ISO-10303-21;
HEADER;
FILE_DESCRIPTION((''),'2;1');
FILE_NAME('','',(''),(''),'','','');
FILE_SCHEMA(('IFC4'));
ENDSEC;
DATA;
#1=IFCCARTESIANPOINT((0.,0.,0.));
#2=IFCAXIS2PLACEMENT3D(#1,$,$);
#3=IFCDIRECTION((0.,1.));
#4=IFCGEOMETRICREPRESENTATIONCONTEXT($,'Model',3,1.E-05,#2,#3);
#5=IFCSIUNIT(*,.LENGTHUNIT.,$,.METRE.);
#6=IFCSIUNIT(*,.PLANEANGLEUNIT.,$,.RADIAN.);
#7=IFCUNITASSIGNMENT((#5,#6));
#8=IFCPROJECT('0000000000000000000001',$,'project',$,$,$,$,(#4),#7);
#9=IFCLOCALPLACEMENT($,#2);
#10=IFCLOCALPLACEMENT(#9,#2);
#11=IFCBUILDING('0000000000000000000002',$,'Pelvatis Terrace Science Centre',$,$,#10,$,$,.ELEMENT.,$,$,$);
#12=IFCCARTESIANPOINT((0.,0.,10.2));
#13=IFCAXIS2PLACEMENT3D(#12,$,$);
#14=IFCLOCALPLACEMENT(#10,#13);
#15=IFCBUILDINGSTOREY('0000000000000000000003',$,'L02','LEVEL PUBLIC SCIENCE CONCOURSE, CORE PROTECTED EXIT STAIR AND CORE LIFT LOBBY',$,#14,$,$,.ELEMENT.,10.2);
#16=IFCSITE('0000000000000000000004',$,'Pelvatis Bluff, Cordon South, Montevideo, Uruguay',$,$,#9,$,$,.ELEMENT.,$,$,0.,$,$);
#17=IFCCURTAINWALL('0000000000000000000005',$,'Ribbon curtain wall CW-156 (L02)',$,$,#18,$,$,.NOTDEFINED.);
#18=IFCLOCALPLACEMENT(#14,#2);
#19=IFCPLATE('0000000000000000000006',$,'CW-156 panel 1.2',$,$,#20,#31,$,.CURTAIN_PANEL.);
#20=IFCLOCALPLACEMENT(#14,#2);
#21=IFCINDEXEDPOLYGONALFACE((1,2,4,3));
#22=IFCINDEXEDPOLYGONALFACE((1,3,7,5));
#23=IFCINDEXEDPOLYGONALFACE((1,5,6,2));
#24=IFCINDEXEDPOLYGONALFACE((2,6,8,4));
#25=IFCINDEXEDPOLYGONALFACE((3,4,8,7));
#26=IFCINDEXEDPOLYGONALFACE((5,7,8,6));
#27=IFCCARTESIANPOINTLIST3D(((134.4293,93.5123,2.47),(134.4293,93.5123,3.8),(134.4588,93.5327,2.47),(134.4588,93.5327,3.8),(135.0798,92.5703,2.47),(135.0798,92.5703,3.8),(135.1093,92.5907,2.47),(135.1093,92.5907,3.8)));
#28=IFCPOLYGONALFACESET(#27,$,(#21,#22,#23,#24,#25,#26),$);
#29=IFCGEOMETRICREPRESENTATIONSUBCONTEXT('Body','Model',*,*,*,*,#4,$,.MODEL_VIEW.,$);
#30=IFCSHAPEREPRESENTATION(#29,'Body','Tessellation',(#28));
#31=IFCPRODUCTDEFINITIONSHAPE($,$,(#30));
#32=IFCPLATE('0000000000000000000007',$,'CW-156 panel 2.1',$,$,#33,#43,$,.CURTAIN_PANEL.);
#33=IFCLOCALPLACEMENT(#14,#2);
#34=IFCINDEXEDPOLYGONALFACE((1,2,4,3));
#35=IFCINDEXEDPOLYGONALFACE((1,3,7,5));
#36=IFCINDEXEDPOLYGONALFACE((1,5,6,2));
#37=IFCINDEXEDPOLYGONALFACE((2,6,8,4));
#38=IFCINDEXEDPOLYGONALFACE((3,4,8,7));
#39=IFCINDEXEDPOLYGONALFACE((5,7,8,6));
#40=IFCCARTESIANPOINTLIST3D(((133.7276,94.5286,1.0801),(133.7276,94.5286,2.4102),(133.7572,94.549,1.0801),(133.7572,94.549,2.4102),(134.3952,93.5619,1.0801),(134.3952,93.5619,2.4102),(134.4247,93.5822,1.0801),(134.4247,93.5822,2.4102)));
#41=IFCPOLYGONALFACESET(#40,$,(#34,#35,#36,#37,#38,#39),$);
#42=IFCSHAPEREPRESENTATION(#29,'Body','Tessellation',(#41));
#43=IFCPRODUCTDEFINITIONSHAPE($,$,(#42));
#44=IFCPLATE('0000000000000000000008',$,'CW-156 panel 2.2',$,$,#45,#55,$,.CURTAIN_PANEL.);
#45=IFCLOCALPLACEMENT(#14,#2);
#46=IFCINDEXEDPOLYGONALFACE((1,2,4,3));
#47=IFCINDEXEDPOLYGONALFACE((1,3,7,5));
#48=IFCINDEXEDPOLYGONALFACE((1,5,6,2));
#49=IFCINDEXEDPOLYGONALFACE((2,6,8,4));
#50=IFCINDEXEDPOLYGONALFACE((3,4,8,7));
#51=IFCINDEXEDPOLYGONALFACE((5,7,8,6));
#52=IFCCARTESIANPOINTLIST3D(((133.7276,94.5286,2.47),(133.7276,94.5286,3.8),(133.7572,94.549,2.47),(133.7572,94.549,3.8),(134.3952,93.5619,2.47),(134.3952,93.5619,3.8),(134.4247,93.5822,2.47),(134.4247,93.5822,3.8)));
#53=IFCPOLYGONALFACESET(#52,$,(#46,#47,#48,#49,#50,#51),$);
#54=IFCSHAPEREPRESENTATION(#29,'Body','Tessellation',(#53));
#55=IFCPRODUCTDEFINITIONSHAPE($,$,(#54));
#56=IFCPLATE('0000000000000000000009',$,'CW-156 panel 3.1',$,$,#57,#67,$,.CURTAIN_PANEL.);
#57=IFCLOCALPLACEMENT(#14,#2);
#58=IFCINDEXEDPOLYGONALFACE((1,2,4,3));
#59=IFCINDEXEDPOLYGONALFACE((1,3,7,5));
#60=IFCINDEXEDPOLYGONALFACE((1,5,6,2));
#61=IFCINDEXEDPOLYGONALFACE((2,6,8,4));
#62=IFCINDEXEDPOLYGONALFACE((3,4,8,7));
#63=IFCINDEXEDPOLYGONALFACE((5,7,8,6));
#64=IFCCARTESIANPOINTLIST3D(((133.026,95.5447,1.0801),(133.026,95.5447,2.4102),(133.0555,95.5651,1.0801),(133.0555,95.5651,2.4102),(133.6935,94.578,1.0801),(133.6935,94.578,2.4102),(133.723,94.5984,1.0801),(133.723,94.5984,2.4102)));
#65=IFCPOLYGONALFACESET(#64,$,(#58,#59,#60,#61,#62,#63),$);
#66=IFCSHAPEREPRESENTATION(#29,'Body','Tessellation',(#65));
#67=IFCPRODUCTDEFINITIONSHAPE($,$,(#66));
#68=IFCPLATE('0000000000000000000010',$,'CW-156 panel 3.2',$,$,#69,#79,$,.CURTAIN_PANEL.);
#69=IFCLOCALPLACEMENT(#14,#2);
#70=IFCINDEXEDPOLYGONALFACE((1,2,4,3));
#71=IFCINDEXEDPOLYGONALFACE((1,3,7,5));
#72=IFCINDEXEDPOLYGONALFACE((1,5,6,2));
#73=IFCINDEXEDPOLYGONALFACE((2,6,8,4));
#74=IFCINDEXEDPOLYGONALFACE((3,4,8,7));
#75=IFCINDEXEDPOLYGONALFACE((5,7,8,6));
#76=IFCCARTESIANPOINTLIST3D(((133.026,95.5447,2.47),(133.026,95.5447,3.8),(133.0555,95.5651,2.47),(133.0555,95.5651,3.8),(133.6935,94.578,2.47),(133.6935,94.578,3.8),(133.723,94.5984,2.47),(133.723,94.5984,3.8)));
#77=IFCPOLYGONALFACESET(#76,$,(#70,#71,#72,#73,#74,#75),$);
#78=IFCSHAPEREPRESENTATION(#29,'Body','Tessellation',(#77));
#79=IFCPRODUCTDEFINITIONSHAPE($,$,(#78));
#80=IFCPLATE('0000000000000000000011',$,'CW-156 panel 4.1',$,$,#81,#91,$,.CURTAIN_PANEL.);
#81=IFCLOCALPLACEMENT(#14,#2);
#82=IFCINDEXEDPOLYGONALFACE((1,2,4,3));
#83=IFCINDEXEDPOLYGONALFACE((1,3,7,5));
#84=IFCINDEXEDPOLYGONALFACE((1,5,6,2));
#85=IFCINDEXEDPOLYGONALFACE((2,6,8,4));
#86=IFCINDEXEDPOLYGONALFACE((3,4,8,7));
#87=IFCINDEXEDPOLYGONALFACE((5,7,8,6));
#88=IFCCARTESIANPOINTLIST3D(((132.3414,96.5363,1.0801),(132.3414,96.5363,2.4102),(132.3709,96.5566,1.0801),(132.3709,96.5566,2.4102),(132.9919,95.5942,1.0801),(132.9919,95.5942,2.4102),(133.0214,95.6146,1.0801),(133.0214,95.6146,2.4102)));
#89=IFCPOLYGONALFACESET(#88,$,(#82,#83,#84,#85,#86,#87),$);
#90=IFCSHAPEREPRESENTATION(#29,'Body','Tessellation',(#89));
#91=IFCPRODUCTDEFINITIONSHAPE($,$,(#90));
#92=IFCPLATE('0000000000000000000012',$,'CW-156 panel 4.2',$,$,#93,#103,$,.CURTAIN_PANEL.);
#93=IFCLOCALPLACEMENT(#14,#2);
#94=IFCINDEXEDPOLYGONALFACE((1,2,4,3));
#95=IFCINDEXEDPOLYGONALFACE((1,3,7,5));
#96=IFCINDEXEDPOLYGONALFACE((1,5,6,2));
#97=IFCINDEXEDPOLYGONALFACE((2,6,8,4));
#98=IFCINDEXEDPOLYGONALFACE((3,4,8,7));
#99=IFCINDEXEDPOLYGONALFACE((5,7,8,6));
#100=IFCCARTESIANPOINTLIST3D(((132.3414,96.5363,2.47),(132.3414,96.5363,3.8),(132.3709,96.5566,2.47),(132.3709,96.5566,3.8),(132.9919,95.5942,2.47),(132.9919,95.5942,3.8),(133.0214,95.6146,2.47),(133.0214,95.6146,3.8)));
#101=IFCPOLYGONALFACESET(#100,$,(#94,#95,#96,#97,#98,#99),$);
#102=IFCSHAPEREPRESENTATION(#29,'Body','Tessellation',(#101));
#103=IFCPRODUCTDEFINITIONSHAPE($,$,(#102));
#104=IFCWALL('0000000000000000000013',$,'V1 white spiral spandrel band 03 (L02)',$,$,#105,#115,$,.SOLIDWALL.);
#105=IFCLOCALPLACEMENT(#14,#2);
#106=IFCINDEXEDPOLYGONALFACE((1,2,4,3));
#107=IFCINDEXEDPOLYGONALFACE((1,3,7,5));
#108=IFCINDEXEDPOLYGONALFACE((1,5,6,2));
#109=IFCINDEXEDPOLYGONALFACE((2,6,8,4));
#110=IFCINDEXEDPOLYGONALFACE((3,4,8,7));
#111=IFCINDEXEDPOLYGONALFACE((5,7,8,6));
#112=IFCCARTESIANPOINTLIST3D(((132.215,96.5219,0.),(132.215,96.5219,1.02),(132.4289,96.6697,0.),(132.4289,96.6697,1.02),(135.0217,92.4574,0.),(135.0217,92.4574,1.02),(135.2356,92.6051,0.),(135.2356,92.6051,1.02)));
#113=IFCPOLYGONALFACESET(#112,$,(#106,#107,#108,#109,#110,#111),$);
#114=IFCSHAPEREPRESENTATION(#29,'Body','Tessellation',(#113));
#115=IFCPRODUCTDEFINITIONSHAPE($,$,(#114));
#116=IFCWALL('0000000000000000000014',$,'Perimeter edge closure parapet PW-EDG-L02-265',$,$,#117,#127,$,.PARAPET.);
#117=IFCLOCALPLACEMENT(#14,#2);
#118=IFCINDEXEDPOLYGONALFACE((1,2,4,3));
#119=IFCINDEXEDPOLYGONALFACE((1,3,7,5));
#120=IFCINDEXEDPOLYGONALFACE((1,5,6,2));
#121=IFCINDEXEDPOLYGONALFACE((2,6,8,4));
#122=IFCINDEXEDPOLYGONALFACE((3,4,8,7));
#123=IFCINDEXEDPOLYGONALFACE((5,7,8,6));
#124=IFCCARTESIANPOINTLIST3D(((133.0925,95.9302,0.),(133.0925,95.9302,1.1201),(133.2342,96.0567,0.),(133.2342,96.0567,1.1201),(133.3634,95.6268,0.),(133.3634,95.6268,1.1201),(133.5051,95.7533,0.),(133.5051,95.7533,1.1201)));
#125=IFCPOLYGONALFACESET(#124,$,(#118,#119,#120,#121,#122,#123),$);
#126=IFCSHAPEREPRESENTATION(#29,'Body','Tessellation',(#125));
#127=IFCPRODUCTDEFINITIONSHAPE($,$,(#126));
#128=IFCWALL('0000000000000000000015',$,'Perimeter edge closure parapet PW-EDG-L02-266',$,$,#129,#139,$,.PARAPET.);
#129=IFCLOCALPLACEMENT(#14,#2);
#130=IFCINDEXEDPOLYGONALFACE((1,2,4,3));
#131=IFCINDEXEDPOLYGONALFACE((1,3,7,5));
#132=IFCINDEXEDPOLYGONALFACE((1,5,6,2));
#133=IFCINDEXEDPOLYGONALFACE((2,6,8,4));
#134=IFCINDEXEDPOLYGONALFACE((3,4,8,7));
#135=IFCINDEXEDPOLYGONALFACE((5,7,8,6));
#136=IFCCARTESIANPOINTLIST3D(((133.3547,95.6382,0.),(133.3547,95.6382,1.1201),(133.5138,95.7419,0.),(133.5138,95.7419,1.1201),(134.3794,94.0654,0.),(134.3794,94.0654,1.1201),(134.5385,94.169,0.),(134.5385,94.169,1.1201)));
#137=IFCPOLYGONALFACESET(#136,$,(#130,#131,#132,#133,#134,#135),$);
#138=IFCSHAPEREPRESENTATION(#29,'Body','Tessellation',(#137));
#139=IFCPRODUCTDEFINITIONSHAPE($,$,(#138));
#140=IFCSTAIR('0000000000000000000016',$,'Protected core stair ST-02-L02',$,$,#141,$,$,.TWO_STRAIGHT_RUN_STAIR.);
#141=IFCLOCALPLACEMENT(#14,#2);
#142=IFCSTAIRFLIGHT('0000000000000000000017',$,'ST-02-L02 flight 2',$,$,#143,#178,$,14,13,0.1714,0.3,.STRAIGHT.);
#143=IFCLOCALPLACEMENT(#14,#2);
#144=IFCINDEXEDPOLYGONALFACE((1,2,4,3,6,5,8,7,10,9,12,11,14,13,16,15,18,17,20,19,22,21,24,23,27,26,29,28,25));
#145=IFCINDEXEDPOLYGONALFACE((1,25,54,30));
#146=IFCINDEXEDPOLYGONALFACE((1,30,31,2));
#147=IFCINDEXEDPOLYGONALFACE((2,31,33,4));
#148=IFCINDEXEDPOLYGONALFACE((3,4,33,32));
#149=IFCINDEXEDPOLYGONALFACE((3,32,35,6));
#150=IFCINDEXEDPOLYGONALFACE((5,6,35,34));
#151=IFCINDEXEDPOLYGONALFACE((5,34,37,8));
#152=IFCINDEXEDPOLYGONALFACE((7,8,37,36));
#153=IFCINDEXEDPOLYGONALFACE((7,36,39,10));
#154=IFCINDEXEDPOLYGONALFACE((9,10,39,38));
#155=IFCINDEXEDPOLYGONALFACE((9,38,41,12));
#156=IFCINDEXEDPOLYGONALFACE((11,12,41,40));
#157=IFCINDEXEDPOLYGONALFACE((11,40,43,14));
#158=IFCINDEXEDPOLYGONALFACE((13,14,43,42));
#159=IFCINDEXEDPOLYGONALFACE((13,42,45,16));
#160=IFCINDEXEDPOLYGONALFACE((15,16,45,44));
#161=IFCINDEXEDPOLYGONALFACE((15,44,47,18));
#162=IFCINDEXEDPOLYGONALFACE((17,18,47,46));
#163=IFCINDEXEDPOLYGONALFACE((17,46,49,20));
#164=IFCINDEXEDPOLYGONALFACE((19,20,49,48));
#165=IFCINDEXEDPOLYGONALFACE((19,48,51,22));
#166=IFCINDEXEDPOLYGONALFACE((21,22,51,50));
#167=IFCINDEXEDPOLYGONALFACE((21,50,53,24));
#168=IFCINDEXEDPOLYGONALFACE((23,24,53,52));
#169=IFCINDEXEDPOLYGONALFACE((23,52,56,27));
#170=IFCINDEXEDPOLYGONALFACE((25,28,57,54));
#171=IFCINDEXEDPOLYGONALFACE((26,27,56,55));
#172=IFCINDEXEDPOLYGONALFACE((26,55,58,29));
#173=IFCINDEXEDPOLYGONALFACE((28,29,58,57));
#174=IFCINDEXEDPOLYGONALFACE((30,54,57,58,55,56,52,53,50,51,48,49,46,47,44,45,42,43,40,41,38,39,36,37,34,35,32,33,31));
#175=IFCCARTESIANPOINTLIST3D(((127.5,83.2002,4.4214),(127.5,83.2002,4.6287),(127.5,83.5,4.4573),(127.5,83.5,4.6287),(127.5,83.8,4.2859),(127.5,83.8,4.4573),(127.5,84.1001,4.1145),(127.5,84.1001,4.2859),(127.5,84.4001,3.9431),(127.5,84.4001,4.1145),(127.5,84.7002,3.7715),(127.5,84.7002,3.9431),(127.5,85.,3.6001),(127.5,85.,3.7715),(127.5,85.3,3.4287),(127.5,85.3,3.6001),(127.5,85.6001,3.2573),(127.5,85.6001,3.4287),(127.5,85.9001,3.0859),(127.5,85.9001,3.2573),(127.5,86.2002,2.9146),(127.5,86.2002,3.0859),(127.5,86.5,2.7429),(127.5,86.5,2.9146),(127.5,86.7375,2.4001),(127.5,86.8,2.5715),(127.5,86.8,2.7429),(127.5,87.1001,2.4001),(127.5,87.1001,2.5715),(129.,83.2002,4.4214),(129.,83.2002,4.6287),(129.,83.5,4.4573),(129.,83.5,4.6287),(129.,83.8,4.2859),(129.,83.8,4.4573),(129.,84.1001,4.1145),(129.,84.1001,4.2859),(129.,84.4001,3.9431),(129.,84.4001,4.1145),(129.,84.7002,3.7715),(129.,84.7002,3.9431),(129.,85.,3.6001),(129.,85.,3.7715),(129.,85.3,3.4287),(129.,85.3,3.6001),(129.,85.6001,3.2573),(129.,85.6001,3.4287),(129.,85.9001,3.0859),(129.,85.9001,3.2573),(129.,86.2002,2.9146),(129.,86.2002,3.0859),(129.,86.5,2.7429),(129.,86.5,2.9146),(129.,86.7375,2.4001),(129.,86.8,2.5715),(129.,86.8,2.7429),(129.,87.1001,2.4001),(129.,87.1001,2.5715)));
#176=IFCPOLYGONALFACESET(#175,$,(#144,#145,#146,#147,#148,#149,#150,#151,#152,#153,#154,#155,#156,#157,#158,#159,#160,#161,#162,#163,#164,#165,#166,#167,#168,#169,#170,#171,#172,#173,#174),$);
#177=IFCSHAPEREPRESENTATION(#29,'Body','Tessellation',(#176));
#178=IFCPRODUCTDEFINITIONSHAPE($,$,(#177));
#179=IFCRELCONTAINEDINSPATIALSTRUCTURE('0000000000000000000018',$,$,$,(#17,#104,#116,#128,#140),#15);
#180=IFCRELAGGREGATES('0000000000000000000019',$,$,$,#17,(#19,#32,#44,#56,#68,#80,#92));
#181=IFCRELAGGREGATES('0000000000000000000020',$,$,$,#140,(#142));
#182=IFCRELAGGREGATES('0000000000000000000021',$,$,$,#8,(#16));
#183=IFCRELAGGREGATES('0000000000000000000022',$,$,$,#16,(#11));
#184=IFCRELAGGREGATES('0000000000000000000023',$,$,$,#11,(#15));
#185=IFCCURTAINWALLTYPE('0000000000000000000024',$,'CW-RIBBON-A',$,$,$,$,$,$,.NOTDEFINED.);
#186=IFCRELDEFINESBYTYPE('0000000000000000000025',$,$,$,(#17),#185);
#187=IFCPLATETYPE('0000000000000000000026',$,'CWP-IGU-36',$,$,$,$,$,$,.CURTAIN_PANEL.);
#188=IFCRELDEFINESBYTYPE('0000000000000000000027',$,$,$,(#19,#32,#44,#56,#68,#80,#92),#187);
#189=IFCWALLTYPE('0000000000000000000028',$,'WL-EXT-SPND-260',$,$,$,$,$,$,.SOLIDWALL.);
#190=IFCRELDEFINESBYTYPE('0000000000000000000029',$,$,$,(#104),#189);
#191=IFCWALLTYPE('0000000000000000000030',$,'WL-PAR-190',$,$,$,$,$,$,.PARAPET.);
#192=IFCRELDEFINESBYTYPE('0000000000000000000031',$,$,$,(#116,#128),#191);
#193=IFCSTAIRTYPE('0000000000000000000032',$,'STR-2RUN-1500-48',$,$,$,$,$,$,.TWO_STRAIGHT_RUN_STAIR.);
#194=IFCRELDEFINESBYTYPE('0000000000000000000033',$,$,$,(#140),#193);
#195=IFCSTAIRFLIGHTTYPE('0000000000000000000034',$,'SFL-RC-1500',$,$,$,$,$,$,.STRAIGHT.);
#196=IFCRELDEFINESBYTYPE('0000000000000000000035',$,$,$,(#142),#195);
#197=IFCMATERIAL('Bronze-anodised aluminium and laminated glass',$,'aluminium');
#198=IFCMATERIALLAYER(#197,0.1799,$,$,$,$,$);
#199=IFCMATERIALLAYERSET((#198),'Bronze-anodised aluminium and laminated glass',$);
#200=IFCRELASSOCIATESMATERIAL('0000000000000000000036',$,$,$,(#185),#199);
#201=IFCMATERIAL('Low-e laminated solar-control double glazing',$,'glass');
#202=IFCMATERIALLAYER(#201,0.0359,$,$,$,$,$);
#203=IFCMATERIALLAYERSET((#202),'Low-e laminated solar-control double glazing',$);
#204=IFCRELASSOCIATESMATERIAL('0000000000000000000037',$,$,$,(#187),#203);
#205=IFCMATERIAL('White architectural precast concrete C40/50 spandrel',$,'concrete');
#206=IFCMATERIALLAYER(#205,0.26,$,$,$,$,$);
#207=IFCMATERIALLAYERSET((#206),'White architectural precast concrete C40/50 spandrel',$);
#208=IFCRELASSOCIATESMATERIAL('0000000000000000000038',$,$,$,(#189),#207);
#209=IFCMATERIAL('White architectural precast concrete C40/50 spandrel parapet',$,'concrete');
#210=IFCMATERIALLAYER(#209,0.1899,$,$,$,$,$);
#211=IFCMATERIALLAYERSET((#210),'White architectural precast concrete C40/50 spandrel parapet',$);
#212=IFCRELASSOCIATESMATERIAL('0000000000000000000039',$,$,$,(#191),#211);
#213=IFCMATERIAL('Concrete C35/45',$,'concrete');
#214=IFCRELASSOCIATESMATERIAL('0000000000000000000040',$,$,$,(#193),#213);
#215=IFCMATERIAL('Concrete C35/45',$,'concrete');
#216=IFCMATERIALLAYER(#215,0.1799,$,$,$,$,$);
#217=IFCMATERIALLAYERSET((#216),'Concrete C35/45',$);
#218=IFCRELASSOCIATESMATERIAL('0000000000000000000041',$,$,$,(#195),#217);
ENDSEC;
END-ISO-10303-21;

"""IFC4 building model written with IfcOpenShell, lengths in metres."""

from ifc_helpers import new_model, si_unit, direction, frame, frame_2d, origin, origin_2d, place, context, subcontext, project, spatial, polyline, rectangle, outline, extrude, material, layer, layer_set, type_object, element, aggregate, save


model = new_model("IFC4")

# Units and contexts
model_context = context("Model", 3, precision=1e-05, world=origin(), true_north=direction((0.0, 1.0)))
body_context = subcontext(model_context, "Body", "Model", "MODEL_VIEW")
ifc_project = project(units=[si_unit("LENGTHUNIT", "METRE"), si_unit("PLANEANGLEUNIT", "RADIAN")], contexts=[model_context])

# Site, building, storey
site_placement = place(None, origin())
site = spatial("IfcSite", under=ifc_project, at=site_placement, Name="Pelvatis Bluff, Cordon South, Montevideo, Uruguay", CompositionType="ELEMENT", RefElevation=0.0)
building_placement = place(site_placement, origin())
building = spatial("IfcBuilding", under=site, at=building_placement, Name="Pelvatis Terrace Science Centre", CompositionType="ELEMENT")
storey_placement = place(building_placement, frame((0.0, 0.0, 10.2)))
storey = spatial("IfcBuildingStorey", under=building, at=storey_placement, Name="L02", Description="LEVEL PUBLIC SCIENCE CONCOURSE, CORE PROTECTED EXIT STAIR AND CORE LIFT LOBBY", CompositionType="ELEMENT", Elevation=10.2)

# Curtain wall, plates
ifc_material_1 = material(Name="Bronze-anodised aluminium and laminated glass", Category="aluminium")
ifc_layer_1 = layer(ifc_material_1, 0.1799)
ifc_layer_set_1 = layer_set([ifc_layer_1], Name="Bronze-anodised aluminium and laminated glass")
curtain_wall_type = type_object("IfcCurtainWallType", Name="CW-RIBBON-A", PredefinedType="NOTDEFINED", material=ifc_layer_set_1)
curtain_wall_placement = place(storey_placement, origin())
curtain_wall = element("IfcCurtainWall", 1, at=curtain_wall_placement, inside=storey, type_object=curtain_wall_type, Name="Ribbon curtain wall CW-156 (L02)", PredefinedType="NOTDEFINED")
ifc_material_2 = material(Name="Low-e laminated solar-control double glazing", Category="glass")
ifc_layer_2 = layer(ifc_material_2, 0.0359)
ifc_layer_set_2 = layer_set([ifc_layer_2], Name="Low-e laminated solar-control double glazing")
plate_type = type_object("IfcPlateType", Name="CWP-IGU-36", PredefinedType="CURTAIN_PANEL", material=ifc_layer_set_2)
plate_1_placement = place(storey_placement, frame((134.7693, 93.0515, 2.47), z_axis=(0.0, 0.0, 1.0), x_axis=(-0.568203, 0.822888, 0.0)))
plate_1 = element("IfcPlate", 2, at=plate_1_placement, type_object=plate_type, Name="CW-156 panel 1.2", PredefinedType="CURTAIN_PANEL", context=body_context, shape_type="SweptSolid", body=[
    extrude(rectangle(XDim=1.1448, YDim=0.0359, at=origin_2d()), origin(), (0.0, 0.0, 1.0), 1.3301),
])
plate_2_placement = place(storey_placement, frame((134.0762, 94.0554, 1.0801), z_axis=(0.0, 0.0, 1.0), x_axis=(-0.568203, 0.822888, 0.0)))
plate_2 = element("IfcPlate", 3, at=plate_2_placement, type_object=plate_type, Name="CW-156 panel 2.1", PredefinedType="CURTAIN_PANEL", context=body_context, shape_type="SweptSolid", body=[
    extrude(rectangle(XDim=1.1748, YDim=0.0359, at=origin_2d()), origin(), (0.0, 0.0, 1.0), 1.3301),
])
plate_3_placement = place(storey_placement, frame((134.0762, 94.0554, 2.47), z_axis=(0.0, 0.0, 1.0), x_axis=(-0.568203, 0.822888, 0.0)))
plate_3 = element("IfcPlate", 4, at=plate_3_placement, type_object=plate_type, Name="CW-156 panel 2.2", PredefinedType="CURTAIN_PANEL", context=body_context, shape_type="SweptSolid", body=[
    extrude(rectangle(XDim=1.1748, YDim=0.0359, at=origin_2d()), origin(), (0.0, 0.0, 1.0), 1.3301),
])
plate_4_placement = place(storey_placement, frame((133.3745, 95.0715, 1.0801), z_axis=(0.0, 0.0, 1.0), x_axis=(-0.568203, 0.822888, 0.0)))
plate_4 = element("IfcPlate", 5, at=plate_4_placement, type_object=plate_type, Name="CW-156 panel 3.1", PredefinedType="CURTAIN_PANEL", context=body_context, shape_type="SweptSolid", body=[
    extrude(rectangle(XDim=1.1748, YDim=0.0359, at=origin_2d()), origin(), (0.0, 0.0, 1.0), 1.3301),
])
plate_5_placement = place(storey_placement, frame((133.3745, 95.0715, 2.47), z_axis=(0.0, 0.0, 1.0), x_axis=(-0.568203, 0.822888, 0.0)))
plate_5 = element("IfcPlate", 6, at=plate_5_placement, type_object=plate_type, Name="CW-156 panel 3.2", PredefinedType="CURTAIN_PANEL", context=body_context, shape_type="SweptSolid", body=[
    extrude(rectangle(XDim=1.1748, YDim=0.0359, at=origin_2d()), origin(), (0.0, 0.0, 1.0), 1.3301),
])
plate_6_placement = place(storey_placement, frame((132.6814, 96.0754, 1.0801), z_axis=(0.0, 0.0, 1.0), x_axis=(-0.568203, 0.822888, 0.0)))
plate_6 = element("IfcPlate", 7, at=plate_6_placement, type_object=plate_type, Name="CW-156 panel 4.1", PredefinedType="CURTAIN_PANEL", context=body_context, shape_type="SweptSolid", body=[
    extrude(rectangle(XDim=1.1448, YDim=0.0359, at=origin_2d()), origin(), (0.0, 0.0, 1.0), 1.3301),
])
plate_7_placement = place(storey_placement, frame((132.6814, 96.0754, 2.47), z_axis=(0.0, 0.0, 1.0), x_axis=(-0.568203, 0.822888, 0.0)))
plate_7 = element("IfcPlate", 8, at=plate_7_placement, type_object=plate_type, Name="CW-156 panel 4.2", PredefinedType="CURTAIN_PANEL", context=body_context, shape_type="SweptSolid", body=[
    extrude(rectangle(XDim=1.1448, YDim=0.0359, at=origin_2d()), origin(), (0.0, 0.0, 1.0), 1.3301),
])
aggregate(curtain_wall, [plate_1, plate_2, plate_3, plate_4, plate_5, plate_6, plate_7])

# Walls
ifc_material_3 = material(Name="White architectural precast concrete C40/50 spandrel", Category="concrete")
ifc_layer_3 = layer(ifc_material_3, 0.26)
ifc_layer_set_3 = layer_set([ifc_layer_3], Name="White architectural precast concrete C40/50 spandrel")
wall_type_1 = type_object("IfcWallType", Name="WL-EXT-SPND-260", PredefinedType="SOLIDWALL", material=ifc_layer_set_3)
wall_1_placement = place(storey_placement, frame((135.1287, 92.5312, 0.0), z_axis=(0.0, 0.0, 1.0), x_axis=(-0.568223, 0.822875, 0.0)))
element("IfcWall", 9, at=wall_1_placement, inside=storey, type_object=wall_type_1, Name="V1 white spiral spandrel band 03 (L02)", PredefinedType="SOLIDWALL", context=body_context, shape_type="SweptSolid", body=[
    extrude(rectangle(XDim=4.9395, YDim=0.26, at=frame_2d((2.4697, 0.0))), origin(), (0.0, 0.0, 1.0), 1.02),
])
ifc_material_4 = material(Name="White architectural precast concrete C40/50 spandrel parapet", Category="concrete")
ifc_layer_4 = layer(ifc_material_4, 0.1899)
ifc_layer_set_4 = layer_set([ifc_layer_4], Name="White architectural precast concrete C40/50 spandrel parapet")
wall_type_2 = type_object("IfcWallType", Name="WL-PAR-190", PredefinedType="PARAPET", material=ifc_layer_set_4)
wall_2_placement = place(storey_placement, frame((133.1633, 95.9934, 0.0), z_axis=(0.0, 0.0, 1.0), x_axis=(0.666075, -0.745884, 0.0)))
element("IfcWall", 10, at=wall_2_placement, inside=storey, type_object=wall_type_2, Name="Perimeter edge closure parapet PW-EDG-L02-265", PredefinedType="PARAPET", context=body_context, shape_type="SweptSolid", body=[
    extrude(rectangle(XDim=0.4067, YDim=0.1899, at=frame_2d((0.2034, 0.0))), origin(), (0.0, 0.0, 1.0), 1.1201),
])
wall_3_placement = place(storey_placement, frame((133.4343, 95.6899, 0.0), z_axis=(0.0, 0.0, 1.0), x_axis=(0.545875, -0.837867, 0.0)))
element("IfcWall", 11, at=wall_3_placement, inside=storey, type_object=wall_type_2, Name="Perimeter edge closure parapet PW-EDG-L02-266", PredefinedType="PARAPET", context=body_context, shape_type="SweptSolid", body=[
    extrude(rectangle(XDim=1.8772, YDim=0.1899, at=frame_2d((0.9385, 0.0))), origin(), (0.0, 0.0, 1.0), 1.1201),
])

# Stair, stair flight
ifc_material_5 = material(Name="Concrete C35/45", Category="concrete")
stair_type = type_object("IfcStairType", Name="STR-2RUN-1500-48", PredefinedType="TWO_STRAIGHT_RUN_STAIR", material=ifc_material_5)
stair_placement = place(storey_placement, origin())
stair = element("IfcStair", 12, at=stair_placement, inside=storey, type_object=stair_type, Name="Protected core stair ST-02-L02", PredefinedType="TWO_STRAIGHT_RUN_STAIR")
ifc_material_6 = material(Name="Concrete C35/45", Category="concrete")
ifc_layer_5 = layer(ifc_material_6, 0.1799)
ifc_layer_set_5 = layer_set([ifc_layer_5], Name="Concrete C35/45")
stair_flight_type = type_object("IfcStairFlightType", Name="SFL-RC-1500", PredefinedType="STRAIGHT", material=ifc_layer_set_5)
stair_flight_placement = place(storey_placement, frame((128.25, 87.1001, 2.4001), z_axis=(0.0, 0.0, 1.0), x_axis=(0.0, -1.0, 0.0)))
stair_flight = element("IfcStairFlight", 13, at=stair_flight_placement, type_object=stair_flight_type, Name="ST-02-L02 flight 2", NumberOfRisers=14, NumberOfTreads=13, PredefinedType="STRAIGHT", RiserHeight=0.1714, TreadLength=0.3, context=body_context, shape_type="SweptSolid", body=[
    extrude(outline(polyline([(0.0, 0.0), (0.0, 0.1714), (0.3, 0.1714), (0.3, 0.3428), (0.6001, 0.3428), (0.6001, 0.5144), (0.8999, 0.5144), (0.8999, 0.6858), (1.2, 0.6858), (1.2, 0.8572), (1.5, 0.8572), (1.5, 1.0286), (1.8, 1.0286), (1.8, 1.2), (2.1001, 1.2), (2.1001, 1.3713), (2.3999, 1.3713), (2.3999, 1.543), (2.7, 1.543), (2.7, 1.7144), (3.0, 1.7144), (3.0, 1.8857), (3.3, 1.8857), (3.3, 2.0571), (3.6001, 2.0571), (3.6001, 2.2285), (3.8999, 2.2285), (3.8999, 2.3999), (3.8999, 2.0212), (0.3625, 0.0), (0.0, 0.0)])), frame((0.0, 0.75, 0.0), z_axis=(0.0, -1.0, 0.0), x_axis=(1.0, 0.0, 0.0)), (0.0, 0.0, 1.0), 1.5),
])
aggregate(stair, [stair_flight])

save(model, "model.ifc")
